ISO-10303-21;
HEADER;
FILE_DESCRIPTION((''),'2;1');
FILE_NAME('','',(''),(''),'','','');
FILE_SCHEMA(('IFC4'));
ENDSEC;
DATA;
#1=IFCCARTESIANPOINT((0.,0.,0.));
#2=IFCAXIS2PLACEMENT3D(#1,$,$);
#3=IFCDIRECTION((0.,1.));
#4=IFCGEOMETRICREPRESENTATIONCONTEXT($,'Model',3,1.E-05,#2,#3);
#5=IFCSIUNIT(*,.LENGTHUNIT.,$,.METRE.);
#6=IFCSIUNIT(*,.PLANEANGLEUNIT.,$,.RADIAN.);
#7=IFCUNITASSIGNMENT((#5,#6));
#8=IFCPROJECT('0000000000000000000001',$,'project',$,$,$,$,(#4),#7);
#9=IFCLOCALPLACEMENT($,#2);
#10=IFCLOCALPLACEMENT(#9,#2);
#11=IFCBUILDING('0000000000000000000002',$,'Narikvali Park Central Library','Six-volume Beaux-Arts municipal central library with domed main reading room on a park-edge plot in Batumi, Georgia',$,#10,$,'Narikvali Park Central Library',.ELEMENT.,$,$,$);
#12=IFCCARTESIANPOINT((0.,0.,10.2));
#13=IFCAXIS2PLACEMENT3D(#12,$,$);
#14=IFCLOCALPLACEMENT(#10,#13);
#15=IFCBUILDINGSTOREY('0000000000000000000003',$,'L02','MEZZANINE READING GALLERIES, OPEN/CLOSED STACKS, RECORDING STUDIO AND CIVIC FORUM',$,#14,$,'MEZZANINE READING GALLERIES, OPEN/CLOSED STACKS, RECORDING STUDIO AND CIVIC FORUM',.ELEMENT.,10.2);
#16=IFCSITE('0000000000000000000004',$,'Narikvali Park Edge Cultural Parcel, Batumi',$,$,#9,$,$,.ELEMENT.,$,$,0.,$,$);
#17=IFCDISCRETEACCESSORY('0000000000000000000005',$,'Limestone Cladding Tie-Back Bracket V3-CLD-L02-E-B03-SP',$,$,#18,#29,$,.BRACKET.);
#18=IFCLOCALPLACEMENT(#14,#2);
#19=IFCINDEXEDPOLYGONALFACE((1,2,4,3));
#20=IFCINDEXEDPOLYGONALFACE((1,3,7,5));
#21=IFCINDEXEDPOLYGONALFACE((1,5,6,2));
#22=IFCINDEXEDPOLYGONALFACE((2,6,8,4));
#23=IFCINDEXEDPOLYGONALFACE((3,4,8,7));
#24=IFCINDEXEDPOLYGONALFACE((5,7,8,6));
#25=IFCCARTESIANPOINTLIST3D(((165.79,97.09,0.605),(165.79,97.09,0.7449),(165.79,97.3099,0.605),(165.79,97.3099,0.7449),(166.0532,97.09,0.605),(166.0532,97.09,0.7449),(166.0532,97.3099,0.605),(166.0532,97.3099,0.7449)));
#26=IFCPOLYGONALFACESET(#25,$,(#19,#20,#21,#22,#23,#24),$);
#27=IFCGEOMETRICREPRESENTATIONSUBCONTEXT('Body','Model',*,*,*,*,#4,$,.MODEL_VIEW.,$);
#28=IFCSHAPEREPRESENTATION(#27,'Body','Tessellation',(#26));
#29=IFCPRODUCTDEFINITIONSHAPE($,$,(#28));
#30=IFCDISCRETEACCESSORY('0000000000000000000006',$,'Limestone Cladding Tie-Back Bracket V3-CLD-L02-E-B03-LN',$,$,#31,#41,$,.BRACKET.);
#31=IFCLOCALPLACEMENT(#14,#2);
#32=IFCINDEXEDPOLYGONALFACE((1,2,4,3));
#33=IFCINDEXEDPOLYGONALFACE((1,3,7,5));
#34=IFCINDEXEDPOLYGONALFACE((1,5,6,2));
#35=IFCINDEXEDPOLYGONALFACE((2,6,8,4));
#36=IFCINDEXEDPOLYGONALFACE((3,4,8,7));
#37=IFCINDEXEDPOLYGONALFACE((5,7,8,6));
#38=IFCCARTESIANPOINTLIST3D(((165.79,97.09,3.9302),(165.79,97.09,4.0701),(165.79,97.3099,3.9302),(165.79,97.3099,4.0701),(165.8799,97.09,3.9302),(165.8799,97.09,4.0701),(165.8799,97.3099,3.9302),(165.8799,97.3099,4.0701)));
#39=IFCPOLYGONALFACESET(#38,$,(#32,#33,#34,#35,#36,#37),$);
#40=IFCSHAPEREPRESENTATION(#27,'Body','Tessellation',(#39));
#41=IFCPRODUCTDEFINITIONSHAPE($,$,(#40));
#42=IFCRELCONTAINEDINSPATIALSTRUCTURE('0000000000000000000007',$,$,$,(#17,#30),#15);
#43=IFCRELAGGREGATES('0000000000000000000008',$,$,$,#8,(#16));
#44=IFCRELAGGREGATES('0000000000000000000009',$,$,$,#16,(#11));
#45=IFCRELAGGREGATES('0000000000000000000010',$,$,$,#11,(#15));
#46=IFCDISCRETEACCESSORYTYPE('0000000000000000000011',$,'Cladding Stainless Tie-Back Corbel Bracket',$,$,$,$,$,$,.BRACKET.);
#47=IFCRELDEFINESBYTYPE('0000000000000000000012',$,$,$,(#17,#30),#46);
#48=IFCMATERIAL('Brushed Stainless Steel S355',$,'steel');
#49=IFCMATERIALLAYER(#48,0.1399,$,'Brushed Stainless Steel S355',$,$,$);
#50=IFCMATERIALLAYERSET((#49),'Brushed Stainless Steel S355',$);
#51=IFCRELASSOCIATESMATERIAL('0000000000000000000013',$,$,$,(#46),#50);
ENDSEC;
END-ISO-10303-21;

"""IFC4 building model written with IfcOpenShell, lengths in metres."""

from ifc_helpers import new_model, si_unit, direction, frame, origin, origin_2d, place, context, subcontext, project, spatial, rectangle, extrude, material, layer, layer_set, type_object, element, save


model = new_model("IFC4")

# Units and contexts
model_context = context("Model", 3, precision=1e-05, world=origin(), true_north=direction((0.0, 1.0)))
body_context = subcontext(model_context, "Body", "Model", "MODEL_VIEW")
ifc_project = project(units=[si_unit("LENGTHUNIT", "METRE"), si_unit("PLANEANGLEUNIT", "RADIAN")], contexts=[model_context])

# Site, building, storey
site_placement = place(None, origin())
site = spatial("IfcSite", under=ifc_project, at=site_placement, Name="Narikvali Park Edge Cultural Parcel, Batumi", CompositionType="ELEMENT", RefElevation=0.0)
building_placement = place(site_placement, origin())
building = spatial("IfcBuilding", under=site, at=building_placement, Name="Narikvali Park Central Library", Description="Six-volume Beaux-Arts municipal central library with domed main reading room on a park-edge plot in Batumi, Georgia", LongName="Narikvali Park Central Library", CompositionType="ELEMENT")
storey_placement = place(building_placement, frame((0.0, 0.0, 10.2)))
storey = spatial("IfcBuildingStorey", under=building, at=storey_placement, Name="L02", Description="MEZZANINE READING GALLERIES, OPEN/CLOSED STACKS, RECORDING STUDIO AND CIVIC FORUM", LongName="MEZZANINE READING GALLERIES, OPEN/CLOSED STACKS, RECORDING STUDIO AND CIVIC FORUM", CompositionType="ELEMENT", Elevation=10.2)

# Discrete accessories
ifc_material_1 = material(Name="Brushed Stainless Steel S355", Category="steel")
ifc_layer_1 = layer(ifc_material_1, 0.1399, Name="Brushed Stainless Steel S355")
ifc_layer_set_1 = layer_set([ifc_layer_1], Name="Brushed Stainless Steel S355")
discrete_accessory_type = type_object("IfcDiscreteAccessoryType", Name="Cladding Stainless Tie-Back Corbel Bracket", PredefinedType="BRACKET", material=ifc_layer_set_1)
discrete_accessory_1_placement = place(storey_placement, frame((165.9216, 97.2, 0.605), z_axis=(0.0, 0.0, 1.0), x_axis=(1.0, 0.0, 0.0)))
element("IfcDiscreteAccessory", 1, at=discrete_accessory_1_placement, inside=storey, type_object=discrete_accessory_type, Name="Limestone Cladding Tie-Back Bracket V3-CLD-L02-E-B03-SP", PredefinedType="BRACKET", context=body_context, shape_type="SweptSolid", body=[
    extrude(rectangle(XDim=0.2632, YDim=0.22, at=origin_2d()), origin(), (0.0, 0.0, 1.0), 0.1399),
])
discrete_accessory_2_placement = place(storey_placement, frame((165.835, 97.2, 3.9302), z_axis=(0.0, 0.0, 1.0), x_axis=(1.0, 0.0, 0.0)))
element("IfcDiscreteAccessory", 2, at=discrete_accessory_2_placement, inside=storey, type_object=discrete_accessory_type, Name="Limestone Cladding Tie-Back Bracket V3-CLD-L02-E-B03-LN", PredefinedType="BRACKET", context=body_context, shape_type="SweptSolid", body=[
    extrude(rectangle(XDim=0.0898, YDim=0.22, at=origin_2d()), origin(), (0.0, 0.0, 1.0), 0.1399),
])

save(model, "model.ifc")
